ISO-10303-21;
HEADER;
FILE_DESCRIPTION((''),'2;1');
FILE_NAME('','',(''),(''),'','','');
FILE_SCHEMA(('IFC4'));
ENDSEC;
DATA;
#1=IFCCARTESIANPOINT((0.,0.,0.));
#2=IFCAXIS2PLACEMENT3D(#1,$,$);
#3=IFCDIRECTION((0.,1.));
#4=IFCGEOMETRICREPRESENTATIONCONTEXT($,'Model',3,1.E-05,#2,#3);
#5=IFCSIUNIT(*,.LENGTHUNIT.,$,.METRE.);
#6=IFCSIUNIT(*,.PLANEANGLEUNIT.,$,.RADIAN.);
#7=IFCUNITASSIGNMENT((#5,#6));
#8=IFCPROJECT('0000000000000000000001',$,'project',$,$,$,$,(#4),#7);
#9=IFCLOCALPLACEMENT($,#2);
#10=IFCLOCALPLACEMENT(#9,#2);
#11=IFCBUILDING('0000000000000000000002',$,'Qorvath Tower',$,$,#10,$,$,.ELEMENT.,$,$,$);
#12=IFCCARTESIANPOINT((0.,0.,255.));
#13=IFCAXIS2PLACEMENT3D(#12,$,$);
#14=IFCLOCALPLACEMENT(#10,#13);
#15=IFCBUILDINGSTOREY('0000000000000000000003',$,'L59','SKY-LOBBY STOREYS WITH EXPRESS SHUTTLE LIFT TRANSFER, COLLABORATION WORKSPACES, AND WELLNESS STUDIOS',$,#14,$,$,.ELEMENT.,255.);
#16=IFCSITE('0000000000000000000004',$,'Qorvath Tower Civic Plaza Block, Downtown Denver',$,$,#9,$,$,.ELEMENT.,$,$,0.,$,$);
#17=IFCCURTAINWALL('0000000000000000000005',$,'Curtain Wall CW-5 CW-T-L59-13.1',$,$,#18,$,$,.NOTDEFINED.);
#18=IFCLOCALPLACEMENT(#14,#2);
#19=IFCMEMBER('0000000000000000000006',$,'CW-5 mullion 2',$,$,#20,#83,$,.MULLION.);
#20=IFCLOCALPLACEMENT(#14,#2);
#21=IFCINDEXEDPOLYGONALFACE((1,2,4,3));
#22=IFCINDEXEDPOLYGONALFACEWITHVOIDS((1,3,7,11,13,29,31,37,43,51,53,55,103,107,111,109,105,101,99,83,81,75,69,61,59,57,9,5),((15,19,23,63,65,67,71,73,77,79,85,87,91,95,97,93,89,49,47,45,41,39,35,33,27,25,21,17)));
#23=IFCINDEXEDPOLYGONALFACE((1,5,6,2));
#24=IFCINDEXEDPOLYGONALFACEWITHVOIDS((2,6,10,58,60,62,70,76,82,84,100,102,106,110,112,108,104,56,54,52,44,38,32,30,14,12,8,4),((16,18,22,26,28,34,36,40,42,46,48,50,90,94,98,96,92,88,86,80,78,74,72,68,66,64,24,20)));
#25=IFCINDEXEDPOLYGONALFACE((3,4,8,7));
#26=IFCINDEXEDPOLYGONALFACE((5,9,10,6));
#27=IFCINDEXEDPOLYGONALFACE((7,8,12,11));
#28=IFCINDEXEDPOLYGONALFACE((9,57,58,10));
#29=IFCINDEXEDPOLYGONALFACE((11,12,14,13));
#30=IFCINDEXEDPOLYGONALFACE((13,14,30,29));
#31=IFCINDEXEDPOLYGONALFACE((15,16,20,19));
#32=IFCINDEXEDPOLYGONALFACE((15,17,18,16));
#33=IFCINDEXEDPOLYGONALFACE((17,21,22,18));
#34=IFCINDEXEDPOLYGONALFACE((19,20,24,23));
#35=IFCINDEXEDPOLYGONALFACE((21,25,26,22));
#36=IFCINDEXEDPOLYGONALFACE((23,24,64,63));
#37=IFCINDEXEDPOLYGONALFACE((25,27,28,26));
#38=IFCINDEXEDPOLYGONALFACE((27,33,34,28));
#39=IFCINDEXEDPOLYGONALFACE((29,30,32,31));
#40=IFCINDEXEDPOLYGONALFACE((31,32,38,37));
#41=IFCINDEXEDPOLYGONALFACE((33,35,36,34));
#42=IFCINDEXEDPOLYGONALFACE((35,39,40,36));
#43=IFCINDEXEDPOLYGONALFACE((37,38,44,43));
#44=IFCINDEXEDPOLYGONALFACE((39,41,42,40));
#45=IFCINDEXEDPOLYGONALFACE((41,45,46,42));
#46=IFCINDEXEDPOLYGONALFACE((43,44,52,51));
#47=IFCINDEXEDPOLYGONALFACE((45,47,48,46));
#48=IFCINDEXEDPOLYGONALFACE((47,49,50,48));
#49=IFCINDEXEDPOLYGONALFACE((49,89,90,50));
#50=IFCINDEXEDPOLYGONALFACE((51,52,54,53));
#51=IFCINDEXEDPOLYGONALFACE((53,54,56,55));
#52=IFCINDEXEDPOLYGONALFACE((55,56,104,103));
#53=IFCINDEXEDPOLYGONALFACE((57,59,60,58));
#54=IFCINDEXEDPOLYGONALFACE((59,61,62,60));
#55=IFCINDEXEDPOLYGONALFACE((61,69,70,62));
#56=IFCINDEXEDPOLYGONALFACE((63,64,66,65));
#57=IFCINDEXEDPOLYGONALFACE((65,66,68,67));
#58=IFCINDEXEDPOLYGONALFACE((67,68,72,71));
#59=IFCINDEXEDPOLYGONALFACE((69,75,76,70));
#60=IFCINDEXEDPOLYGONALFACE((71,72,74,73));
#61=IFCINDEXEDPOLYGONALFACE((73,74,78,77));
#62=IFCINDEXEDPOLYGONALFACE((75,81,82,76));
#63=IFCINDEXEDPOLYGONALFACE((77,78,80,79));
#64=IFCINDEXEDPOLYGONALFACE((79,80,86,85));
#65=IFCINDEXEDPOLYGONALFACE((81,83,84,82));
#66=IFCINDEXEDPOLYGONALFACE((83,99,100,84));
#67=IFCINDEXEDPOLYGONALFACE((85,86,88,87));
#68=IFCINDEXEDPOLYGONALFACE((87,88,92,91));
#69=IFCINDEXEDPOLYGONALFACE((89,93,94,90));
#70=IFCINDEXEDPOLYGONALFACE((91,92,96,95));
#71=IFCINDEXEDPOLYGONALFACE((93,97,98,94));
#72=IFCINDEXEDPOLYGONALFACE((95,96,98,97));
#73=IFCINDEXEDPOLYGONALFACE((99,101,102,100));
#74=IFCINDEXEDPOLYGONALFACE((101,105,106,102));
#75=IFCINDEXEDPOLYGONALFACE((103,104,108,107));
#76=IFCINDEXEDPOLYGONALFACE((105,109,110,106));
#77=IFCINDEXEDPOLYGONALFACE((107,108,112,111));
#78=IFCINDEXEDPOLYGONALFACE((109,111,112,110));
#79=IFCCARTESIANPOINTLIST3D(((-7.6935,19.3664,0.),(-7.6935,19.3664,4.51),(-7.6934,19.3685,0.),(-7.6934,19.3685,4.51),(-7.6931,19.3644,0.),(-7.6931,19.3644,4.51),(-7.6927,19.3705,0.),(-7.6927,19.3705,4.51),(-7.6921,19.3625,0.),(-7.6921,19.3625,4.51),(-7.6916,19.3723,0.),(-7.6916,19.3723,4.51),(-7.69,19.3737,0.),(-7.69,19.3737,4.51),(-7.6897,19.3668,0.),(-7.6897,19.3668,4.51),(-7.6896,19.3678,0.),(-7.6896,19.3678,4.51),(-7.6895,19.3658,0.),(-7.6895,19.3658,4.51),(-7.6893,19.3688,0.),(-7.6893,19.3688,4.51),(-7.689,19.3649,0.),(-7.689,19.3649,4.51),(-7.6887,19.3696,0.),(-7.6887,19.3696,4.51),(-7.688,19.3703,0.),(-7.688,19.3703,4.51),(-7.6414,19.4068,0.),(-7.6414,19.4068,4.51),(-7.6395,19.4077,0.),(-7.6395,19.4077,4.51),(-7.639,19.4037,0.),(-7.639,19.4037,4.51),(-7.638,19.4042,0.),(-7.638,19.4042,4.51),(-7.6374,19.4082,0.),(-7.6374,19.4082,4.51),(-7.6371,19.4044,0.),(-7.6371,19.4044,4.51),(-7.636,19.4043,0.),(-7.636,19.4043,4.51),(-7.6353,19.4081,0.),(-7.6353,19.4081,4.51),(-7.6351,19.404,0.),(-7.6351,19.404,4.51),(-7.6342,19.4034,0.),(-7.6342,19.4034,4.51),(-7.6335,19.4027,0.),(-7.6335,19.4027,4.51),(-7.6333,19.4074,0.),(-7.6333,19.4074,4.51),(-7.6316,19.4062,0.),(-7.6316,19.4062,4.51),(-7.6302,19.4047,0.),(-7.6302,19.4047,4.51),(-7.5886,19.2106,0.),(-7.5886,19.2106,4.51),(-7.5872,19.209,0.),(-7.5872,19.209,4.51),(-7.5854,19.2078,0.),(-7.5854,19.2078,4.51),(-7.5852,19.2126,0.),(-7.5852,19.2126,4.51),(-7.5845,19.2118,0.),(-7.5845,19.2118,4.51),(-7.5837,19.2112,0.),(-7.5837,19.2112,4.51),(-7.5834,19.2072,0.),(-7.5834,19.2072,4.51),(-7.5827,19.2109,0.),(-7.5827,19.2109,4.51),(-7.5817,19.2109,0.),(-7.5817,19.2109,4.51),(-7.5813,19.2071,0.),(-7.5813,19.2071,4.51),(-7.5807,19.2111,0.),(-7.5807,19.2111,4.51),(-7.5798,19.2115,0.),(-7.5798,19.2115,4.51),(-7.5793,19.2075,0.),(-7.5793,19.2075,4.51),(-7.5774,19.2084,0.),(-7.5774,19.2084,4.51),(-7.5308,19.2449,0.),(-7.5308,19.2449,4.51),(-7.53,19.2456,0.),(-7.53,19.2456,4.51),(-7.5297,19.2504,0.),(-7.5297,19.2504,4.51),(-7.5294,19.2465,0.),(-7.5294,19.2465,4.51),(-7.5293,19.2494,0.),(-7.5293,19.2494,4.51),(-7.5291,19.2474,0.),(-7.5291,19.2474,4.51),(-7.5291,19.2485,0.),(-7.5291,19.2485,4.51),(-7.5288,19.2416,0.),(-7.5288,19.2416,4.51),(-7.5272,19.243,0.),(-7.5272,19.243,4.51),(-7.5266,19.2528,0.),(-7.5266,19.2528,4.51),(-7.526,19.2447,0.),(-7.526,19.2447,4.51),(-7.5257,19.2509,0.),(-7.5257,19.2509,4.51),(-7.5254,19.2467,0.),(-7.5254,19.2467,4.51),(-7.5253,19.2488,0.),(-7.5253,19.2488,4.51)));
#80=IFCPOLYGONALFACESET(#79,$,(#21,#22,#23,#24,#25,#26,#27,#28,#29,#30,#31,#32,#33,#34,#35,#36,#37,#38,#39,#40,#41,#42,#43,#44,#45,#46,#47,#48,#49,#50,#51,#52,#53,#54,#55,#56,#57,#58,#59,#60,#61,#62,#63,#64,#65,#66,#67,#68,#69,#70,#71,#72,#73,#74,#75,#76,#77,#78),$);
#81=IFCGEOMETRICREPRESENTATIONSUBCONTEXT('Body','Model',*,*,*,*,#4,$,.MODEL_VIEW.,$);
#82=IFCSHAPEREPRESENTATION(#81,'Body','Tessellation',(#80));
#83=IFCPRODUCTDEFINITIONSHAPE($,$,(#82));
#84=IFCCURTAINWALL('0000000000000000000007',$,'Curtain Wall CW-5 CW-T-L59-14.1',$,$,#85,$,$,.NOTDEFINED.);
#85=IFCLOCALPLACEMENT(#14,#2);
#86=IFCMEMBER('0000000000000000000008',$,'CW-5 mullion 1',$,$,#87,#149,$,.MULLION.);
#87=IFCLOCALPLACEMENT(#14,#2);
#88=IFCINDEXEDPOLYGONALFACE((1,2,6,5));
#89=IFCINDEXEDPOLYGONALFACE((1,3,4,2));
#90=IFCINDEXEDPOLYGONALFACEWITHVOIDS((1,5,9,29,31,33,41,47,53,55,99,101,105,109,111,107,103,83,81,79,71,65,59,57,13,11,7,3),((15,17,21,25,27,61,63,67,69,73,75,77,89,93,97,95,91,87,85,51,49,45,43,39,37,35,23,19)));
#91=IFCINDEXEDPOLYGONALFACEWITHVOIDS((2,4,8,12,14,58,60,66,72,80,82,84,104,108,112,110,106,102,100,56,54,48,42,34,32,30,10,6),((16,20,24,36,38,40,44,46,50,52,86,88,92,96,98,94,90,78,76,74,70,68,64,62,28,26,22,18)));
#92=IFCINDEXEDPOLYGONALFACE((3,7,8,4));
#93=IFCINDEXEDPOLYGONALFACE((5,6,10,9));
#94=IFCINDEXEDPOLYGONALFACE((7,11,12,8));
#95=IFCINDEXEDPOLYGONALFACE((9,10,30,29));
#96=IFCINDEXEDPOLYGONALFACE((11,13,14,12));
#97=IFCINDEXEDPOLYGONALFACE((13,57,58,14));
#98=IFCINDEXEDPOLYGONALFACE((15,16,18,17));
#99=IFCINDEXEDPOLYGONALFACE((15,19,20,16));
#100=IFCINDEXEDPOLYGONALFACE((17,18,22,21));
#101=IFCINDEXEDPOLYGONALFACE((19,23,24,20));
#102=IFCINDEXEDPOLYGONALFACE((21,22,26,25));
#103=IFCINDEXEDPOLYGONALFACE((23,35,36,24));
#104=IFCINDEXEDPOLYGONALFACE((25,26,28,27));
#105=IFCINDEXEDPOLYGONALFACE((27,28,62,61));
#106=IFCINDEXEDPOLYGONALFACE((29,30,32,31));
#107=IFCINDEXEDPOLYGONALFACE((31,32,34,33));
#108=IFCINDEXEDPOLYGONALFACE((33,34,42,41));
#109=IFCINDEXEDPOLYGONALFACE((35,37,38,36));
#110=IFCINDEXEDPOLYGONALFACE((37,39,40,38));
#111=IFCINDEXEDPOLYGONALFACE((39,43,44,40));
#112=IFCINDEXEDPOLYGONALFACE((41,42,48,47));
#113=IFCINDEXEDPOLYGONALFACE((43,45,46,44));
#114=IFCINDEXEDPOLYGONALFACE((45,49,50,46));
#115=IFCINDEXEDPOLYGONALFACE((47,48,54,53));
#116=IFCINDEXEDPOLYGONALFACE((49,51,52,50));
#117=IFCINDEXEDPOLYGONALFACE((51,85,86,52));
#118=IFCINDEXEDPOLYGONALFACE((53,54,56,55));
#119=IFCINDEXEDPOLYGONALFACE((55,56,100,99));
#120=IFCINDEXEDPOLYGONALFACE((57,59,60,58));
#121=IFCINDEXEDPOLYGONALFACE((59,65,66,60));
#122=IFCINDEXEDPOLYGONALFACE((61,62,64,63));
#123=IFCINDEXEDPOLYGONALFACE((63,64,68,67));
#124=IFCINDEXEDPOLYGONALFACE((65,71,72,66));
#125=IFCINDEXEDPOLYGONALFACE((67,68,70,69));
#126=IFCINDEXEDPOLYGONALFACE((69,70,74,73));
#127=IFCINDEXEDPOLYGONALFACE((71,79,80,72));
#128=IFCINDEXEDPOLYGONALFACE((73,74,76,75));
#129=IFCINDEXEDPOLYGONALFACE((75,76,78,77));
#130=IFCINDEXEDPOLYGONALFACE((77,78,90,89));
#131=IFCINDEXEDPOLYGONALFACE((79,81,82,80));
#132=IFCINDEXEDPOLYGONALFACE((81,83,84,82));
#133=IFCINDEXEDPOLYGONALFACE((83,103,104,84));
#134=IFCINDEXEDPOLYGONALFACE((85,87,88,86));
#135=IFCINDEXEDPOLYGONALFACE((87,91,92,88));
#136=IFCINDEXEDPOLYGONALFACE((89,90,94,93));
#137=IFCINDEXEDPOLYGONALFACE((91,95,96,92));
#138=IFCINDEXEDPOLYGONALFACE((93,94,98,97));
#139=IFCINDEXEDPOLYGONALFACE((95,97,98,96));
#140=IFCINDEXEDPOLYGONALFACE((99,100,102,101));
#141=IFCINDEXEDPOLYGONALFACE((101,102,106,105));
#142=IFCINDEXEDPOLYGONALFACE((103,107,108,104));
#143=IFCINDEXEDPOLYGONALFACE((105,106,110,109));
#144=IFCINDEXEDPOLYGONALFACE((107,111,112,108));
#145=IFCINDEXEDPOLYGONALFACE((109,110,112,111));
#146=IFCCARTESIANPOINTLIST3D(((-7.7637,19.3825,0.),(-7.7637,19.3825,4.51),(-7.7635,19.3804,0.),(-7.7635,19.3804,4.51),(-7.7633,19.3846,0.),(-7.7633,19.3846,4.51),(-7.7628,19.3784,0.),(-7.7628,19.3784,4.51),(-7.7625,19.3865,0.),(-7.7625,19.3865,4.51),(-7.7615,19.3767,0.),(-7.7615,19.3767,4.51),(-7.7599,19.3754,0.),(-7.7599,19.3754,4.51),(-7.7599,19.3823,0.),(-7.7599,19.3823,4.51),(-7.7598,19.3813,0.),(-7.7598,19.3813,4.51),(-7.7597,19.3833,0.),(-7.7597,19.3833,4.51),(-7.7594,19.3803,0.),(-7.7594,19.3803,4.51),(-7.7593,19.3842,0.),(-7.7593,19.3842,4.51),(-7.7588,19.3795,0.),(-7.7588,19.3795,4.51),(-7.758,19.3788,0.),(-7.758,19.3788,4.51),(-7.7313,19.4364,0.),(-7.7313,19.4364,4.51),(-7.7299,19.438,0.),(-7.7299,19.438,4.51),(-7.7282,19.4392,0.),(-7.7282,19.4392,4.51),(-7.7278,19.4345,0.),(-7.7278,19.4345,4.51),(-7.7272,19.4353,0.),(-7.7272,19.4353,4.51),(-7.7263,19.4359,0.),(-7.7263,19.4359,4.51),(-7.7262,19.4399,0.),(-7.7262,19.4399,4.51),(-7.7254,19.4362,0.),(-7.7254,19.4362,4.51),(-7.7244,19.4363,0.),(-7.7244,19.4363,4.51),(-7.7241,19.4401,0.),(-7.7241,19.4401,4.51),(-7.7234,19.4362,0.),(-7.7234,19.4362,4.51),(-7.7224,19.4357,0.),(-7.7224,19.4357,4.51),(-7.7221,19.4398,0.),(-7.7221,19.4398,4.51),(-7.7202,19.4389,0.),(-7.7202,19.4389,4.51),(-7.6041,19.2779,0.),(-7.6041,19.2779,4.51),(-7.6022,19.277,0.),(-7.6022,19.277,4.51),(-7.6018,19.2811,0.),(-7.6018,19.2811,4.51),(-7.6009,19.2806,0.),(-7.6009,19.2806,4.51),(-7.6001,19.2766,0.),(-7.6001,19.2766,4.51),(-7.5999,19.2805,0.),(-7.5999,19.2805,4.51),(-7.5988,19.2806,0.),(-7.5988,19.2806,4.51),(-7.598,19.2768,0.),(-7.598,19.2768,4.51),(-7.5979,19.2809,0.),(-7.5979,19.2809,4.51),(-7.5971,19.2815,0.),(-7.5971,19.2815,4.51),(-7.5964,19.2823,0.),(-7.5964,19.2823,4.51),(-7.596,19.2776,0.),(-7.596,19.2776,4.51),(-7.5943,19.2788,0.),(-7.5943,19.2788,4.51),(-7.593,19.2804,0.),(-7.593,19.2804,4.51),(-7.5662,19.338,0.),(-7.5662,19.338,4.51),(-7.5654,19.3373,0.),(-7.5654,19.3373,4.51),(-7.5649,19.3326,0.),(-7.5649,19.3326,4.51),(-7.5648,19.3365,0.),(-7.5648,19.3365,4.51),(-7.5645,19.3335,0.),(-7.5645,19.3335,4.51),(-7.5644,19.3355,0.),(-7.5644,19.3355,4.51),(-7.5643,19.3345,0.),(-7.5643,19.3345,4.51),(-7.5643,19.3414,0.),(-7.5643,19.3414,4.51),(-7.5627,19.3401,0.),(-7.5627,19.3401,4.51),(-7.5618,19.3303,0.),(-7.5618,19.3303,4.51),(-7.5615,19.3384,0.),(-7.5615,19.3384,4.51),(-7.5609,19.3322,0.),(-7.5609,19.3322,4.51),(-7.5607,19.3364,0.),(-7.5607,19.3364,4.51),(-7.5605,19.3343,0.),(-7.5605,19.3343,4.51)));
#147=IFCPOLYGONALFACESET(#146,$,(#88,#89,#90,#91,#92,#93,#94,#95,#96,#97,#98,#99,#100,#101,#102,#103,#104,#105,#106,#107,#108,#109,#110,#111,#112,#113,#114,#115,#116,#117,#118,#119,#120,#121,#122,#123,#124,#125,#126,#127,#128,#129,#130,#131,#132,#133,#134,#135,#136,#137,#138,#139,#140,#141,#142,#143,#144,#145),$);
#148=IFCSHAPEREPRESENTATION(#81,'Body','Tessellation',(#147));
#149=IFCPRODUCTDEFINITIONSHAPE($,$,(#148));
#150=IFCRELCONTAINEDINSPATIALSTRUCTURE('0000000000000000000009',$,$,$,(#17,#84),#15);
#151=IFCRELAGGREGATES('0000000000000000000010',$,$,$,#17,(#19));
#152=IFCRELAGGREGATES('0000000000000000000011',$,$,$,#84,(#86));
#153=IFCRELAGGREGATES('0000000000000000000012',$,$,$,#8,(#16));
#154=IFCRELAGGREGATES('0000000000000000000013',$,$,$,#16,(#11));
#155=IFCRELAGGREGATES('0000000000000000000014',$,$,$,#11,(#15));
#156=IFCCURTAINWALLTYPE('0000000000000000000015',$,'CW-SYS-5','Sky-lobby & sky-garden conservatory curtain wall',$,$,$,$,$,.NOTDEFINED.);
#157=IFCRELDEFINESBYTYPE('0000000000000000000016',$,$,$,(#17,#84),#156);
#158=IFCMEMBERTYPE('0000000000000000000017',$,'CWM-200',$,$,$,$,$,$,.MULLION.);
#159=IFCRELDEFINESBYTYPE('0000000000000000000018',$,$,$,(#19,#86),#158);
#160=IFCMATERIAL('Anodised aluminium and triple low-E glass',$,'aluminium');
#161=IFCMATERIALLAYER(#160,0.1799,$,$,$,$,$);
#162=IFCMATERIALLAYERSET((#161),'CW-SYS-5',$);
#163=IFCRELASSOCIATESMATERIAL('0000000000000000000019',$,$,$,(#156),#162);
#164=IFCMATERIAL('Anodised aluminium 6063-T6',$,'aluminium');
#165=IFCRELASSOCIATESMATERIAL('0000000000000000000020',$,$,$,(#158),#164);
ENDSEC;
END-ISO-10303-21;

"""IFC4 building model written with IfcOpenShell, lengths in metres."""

from ifc_helpers import new_model, si_unit, direction, frame, origin, origin_2d, place, context, subcontext, project, spatial, hollow_rectangle, extrude, material, layer, layer_set, material_profile, profile_set, type_object, element, aggregate, save


model = new_model("IFC4")

# Units and contexts
model_context = context("Model", 3, precision=1e-05, world=origin(), true_north=direction((0.0, 1.0)))
body_context = subcontext(model_context, "Body", "Model", "MODEL_VIEW")
ifc_project = project(units=[si_unit("LENGTHUNIT", "METRE"), si_unit("PLANEANGLEUNIT", "RADIAN")], contexts=[model_context])

# Site, building, storey
site_placement = place(None, origin())
site = spatial("IfcSite", under=ifc_project, at=site_placement, Name="Qorvath Tower Civic Plaza Block, Downtown Denver", CompositionType="ELEMENT", RefElevation=0.0)
building_placement = place(site_placement, origin())
building = spatial("IfcBuilding", under=site, at=building_placement, Name="Qorvath Tower", CompositionType="ELEMENT")
storey_placement = place(building_placement, frame((0.0, 0.0, 255.0)))
storey = spatial("IfcBuildingStorey", under=building, at=storey_placement, Name="L59", Description="SKY-LOBBY STOREYS WITH EXPRESS SHUTTLE LIFT TRANSFER, COLLABORATION WORKSPACES, AND WELLNESS STUDIOS", CompositionType="ELEMENT", Elevation=255.0)

# Shared definitions
ifc_material_1 = material(Name="Anodised aluminium and triple low-E glass", Category="aluminium")
ifc_layer_1 = layer(ifc_material_1, 0.1799)
ifc_layer_set_1 = layer_set([ifc_layer_1], Name="CW-SYS-5")
curtain_wall_type = type_object("IfcCurtainWallType", Name="CW-SYS-5", Description="Sky-lobby & sky-garden conservatory curtain wall", PredefinedType="NOTDEFINED", material=ifc_layer_set_1)
ifc_material_2 = material(Name="Anodised aluminium 6063-T6", Category="aluminium")
ifc_material_profile_1 = material_profile(ifc_material_2, hollow_rectangle(XDim=0.075, YDim=0.2, WallThickness=0.0039, InnerFilletRadius=0.0039, OuterFilletRadius=0.0081, at=origin_2d()), Name="CWM 200x75")
ifc_profile_set_1 = profile_set([ifc_material_profile_1], Name="Anodised aluminium 6063-T6")
member_type_1 = type_object("IfcMemberType", Name="CWM-200", PredefinedType="MULLION", material=ifc_profile_set_1)

# Curtain walls, members
curtain_wall_1_placement = place(storey_placement, origin())
curtain_wall_1 = element("IfcCurtainWall", 1, at=curtain_wall_1_placement, inside=storey, type_object=curtain_wall_type, Name="Curtain Wall CW-5 CW-T-L59-13.1", PredefinedType="NOTDEFINED")
member_1_placement = place(storey_placement, frame((-7.6094, 19.3076, 0.0), z_axis=(0.0, 0.0, 1.0), x_axis=(-0.826379, -0.563115, 0.0)))
member_1 = element("IfcMember", 2, at=member_1_placement, type_object=member_type_1, Name="CW-5 mullion 2", PredefinedType="MULLION", context=body_context, shape_type="SweptSolid", body=[
    extrude(hollow_rectangle(XDim=0.075, YDim=0.2, WallThickness=0.0039, InnerFilletRadius=0.0039, OuterFilletRadius=0.0081, at=origin_2d()), origin(), (0.0, 0.0, 1.0), 4.51),
])
curtain_wall_2_placement = place(storey_placement, origin())
curtain_wall_2 = element("IfcCurtainWall", 3, at=curtain_wall_2_placement, inside=storey, type_object=curtain_wall_type, Name="Curtain Wall CW-5 CW-T-L59-14.1", PredefinedType="NOTDEFINED")
member_2_placement = place(storey_placement, frame((-7.6621, 19.3584, 0.0), z_axis=(0.0, 0.0, 1.0), x_axis=(-0.530464, -0.847707, 0.0)))
member_2 = element("IfcMember", 4, at=member_2_placement, type_object=member_type_1, Name="CW-5 mullion 1", PredefinedType="MULLION", context=body_context, shape_type="SweptSolid", body=[
    extrude(hollow_rectangle(XDim=0.075, YDim=0.2, WallThickness=0.0039, InnerFilletRadius=0.0039, OuterFilletRadius=0.0081, at=origin_2d()), origin(), (0.0, 0.0, 1.0), 4.51),
])

aggregate(curtain_wall_1, [member_1])
aggregate(curtain_wall_2, [member_2])

save(model, "model.ifc")
